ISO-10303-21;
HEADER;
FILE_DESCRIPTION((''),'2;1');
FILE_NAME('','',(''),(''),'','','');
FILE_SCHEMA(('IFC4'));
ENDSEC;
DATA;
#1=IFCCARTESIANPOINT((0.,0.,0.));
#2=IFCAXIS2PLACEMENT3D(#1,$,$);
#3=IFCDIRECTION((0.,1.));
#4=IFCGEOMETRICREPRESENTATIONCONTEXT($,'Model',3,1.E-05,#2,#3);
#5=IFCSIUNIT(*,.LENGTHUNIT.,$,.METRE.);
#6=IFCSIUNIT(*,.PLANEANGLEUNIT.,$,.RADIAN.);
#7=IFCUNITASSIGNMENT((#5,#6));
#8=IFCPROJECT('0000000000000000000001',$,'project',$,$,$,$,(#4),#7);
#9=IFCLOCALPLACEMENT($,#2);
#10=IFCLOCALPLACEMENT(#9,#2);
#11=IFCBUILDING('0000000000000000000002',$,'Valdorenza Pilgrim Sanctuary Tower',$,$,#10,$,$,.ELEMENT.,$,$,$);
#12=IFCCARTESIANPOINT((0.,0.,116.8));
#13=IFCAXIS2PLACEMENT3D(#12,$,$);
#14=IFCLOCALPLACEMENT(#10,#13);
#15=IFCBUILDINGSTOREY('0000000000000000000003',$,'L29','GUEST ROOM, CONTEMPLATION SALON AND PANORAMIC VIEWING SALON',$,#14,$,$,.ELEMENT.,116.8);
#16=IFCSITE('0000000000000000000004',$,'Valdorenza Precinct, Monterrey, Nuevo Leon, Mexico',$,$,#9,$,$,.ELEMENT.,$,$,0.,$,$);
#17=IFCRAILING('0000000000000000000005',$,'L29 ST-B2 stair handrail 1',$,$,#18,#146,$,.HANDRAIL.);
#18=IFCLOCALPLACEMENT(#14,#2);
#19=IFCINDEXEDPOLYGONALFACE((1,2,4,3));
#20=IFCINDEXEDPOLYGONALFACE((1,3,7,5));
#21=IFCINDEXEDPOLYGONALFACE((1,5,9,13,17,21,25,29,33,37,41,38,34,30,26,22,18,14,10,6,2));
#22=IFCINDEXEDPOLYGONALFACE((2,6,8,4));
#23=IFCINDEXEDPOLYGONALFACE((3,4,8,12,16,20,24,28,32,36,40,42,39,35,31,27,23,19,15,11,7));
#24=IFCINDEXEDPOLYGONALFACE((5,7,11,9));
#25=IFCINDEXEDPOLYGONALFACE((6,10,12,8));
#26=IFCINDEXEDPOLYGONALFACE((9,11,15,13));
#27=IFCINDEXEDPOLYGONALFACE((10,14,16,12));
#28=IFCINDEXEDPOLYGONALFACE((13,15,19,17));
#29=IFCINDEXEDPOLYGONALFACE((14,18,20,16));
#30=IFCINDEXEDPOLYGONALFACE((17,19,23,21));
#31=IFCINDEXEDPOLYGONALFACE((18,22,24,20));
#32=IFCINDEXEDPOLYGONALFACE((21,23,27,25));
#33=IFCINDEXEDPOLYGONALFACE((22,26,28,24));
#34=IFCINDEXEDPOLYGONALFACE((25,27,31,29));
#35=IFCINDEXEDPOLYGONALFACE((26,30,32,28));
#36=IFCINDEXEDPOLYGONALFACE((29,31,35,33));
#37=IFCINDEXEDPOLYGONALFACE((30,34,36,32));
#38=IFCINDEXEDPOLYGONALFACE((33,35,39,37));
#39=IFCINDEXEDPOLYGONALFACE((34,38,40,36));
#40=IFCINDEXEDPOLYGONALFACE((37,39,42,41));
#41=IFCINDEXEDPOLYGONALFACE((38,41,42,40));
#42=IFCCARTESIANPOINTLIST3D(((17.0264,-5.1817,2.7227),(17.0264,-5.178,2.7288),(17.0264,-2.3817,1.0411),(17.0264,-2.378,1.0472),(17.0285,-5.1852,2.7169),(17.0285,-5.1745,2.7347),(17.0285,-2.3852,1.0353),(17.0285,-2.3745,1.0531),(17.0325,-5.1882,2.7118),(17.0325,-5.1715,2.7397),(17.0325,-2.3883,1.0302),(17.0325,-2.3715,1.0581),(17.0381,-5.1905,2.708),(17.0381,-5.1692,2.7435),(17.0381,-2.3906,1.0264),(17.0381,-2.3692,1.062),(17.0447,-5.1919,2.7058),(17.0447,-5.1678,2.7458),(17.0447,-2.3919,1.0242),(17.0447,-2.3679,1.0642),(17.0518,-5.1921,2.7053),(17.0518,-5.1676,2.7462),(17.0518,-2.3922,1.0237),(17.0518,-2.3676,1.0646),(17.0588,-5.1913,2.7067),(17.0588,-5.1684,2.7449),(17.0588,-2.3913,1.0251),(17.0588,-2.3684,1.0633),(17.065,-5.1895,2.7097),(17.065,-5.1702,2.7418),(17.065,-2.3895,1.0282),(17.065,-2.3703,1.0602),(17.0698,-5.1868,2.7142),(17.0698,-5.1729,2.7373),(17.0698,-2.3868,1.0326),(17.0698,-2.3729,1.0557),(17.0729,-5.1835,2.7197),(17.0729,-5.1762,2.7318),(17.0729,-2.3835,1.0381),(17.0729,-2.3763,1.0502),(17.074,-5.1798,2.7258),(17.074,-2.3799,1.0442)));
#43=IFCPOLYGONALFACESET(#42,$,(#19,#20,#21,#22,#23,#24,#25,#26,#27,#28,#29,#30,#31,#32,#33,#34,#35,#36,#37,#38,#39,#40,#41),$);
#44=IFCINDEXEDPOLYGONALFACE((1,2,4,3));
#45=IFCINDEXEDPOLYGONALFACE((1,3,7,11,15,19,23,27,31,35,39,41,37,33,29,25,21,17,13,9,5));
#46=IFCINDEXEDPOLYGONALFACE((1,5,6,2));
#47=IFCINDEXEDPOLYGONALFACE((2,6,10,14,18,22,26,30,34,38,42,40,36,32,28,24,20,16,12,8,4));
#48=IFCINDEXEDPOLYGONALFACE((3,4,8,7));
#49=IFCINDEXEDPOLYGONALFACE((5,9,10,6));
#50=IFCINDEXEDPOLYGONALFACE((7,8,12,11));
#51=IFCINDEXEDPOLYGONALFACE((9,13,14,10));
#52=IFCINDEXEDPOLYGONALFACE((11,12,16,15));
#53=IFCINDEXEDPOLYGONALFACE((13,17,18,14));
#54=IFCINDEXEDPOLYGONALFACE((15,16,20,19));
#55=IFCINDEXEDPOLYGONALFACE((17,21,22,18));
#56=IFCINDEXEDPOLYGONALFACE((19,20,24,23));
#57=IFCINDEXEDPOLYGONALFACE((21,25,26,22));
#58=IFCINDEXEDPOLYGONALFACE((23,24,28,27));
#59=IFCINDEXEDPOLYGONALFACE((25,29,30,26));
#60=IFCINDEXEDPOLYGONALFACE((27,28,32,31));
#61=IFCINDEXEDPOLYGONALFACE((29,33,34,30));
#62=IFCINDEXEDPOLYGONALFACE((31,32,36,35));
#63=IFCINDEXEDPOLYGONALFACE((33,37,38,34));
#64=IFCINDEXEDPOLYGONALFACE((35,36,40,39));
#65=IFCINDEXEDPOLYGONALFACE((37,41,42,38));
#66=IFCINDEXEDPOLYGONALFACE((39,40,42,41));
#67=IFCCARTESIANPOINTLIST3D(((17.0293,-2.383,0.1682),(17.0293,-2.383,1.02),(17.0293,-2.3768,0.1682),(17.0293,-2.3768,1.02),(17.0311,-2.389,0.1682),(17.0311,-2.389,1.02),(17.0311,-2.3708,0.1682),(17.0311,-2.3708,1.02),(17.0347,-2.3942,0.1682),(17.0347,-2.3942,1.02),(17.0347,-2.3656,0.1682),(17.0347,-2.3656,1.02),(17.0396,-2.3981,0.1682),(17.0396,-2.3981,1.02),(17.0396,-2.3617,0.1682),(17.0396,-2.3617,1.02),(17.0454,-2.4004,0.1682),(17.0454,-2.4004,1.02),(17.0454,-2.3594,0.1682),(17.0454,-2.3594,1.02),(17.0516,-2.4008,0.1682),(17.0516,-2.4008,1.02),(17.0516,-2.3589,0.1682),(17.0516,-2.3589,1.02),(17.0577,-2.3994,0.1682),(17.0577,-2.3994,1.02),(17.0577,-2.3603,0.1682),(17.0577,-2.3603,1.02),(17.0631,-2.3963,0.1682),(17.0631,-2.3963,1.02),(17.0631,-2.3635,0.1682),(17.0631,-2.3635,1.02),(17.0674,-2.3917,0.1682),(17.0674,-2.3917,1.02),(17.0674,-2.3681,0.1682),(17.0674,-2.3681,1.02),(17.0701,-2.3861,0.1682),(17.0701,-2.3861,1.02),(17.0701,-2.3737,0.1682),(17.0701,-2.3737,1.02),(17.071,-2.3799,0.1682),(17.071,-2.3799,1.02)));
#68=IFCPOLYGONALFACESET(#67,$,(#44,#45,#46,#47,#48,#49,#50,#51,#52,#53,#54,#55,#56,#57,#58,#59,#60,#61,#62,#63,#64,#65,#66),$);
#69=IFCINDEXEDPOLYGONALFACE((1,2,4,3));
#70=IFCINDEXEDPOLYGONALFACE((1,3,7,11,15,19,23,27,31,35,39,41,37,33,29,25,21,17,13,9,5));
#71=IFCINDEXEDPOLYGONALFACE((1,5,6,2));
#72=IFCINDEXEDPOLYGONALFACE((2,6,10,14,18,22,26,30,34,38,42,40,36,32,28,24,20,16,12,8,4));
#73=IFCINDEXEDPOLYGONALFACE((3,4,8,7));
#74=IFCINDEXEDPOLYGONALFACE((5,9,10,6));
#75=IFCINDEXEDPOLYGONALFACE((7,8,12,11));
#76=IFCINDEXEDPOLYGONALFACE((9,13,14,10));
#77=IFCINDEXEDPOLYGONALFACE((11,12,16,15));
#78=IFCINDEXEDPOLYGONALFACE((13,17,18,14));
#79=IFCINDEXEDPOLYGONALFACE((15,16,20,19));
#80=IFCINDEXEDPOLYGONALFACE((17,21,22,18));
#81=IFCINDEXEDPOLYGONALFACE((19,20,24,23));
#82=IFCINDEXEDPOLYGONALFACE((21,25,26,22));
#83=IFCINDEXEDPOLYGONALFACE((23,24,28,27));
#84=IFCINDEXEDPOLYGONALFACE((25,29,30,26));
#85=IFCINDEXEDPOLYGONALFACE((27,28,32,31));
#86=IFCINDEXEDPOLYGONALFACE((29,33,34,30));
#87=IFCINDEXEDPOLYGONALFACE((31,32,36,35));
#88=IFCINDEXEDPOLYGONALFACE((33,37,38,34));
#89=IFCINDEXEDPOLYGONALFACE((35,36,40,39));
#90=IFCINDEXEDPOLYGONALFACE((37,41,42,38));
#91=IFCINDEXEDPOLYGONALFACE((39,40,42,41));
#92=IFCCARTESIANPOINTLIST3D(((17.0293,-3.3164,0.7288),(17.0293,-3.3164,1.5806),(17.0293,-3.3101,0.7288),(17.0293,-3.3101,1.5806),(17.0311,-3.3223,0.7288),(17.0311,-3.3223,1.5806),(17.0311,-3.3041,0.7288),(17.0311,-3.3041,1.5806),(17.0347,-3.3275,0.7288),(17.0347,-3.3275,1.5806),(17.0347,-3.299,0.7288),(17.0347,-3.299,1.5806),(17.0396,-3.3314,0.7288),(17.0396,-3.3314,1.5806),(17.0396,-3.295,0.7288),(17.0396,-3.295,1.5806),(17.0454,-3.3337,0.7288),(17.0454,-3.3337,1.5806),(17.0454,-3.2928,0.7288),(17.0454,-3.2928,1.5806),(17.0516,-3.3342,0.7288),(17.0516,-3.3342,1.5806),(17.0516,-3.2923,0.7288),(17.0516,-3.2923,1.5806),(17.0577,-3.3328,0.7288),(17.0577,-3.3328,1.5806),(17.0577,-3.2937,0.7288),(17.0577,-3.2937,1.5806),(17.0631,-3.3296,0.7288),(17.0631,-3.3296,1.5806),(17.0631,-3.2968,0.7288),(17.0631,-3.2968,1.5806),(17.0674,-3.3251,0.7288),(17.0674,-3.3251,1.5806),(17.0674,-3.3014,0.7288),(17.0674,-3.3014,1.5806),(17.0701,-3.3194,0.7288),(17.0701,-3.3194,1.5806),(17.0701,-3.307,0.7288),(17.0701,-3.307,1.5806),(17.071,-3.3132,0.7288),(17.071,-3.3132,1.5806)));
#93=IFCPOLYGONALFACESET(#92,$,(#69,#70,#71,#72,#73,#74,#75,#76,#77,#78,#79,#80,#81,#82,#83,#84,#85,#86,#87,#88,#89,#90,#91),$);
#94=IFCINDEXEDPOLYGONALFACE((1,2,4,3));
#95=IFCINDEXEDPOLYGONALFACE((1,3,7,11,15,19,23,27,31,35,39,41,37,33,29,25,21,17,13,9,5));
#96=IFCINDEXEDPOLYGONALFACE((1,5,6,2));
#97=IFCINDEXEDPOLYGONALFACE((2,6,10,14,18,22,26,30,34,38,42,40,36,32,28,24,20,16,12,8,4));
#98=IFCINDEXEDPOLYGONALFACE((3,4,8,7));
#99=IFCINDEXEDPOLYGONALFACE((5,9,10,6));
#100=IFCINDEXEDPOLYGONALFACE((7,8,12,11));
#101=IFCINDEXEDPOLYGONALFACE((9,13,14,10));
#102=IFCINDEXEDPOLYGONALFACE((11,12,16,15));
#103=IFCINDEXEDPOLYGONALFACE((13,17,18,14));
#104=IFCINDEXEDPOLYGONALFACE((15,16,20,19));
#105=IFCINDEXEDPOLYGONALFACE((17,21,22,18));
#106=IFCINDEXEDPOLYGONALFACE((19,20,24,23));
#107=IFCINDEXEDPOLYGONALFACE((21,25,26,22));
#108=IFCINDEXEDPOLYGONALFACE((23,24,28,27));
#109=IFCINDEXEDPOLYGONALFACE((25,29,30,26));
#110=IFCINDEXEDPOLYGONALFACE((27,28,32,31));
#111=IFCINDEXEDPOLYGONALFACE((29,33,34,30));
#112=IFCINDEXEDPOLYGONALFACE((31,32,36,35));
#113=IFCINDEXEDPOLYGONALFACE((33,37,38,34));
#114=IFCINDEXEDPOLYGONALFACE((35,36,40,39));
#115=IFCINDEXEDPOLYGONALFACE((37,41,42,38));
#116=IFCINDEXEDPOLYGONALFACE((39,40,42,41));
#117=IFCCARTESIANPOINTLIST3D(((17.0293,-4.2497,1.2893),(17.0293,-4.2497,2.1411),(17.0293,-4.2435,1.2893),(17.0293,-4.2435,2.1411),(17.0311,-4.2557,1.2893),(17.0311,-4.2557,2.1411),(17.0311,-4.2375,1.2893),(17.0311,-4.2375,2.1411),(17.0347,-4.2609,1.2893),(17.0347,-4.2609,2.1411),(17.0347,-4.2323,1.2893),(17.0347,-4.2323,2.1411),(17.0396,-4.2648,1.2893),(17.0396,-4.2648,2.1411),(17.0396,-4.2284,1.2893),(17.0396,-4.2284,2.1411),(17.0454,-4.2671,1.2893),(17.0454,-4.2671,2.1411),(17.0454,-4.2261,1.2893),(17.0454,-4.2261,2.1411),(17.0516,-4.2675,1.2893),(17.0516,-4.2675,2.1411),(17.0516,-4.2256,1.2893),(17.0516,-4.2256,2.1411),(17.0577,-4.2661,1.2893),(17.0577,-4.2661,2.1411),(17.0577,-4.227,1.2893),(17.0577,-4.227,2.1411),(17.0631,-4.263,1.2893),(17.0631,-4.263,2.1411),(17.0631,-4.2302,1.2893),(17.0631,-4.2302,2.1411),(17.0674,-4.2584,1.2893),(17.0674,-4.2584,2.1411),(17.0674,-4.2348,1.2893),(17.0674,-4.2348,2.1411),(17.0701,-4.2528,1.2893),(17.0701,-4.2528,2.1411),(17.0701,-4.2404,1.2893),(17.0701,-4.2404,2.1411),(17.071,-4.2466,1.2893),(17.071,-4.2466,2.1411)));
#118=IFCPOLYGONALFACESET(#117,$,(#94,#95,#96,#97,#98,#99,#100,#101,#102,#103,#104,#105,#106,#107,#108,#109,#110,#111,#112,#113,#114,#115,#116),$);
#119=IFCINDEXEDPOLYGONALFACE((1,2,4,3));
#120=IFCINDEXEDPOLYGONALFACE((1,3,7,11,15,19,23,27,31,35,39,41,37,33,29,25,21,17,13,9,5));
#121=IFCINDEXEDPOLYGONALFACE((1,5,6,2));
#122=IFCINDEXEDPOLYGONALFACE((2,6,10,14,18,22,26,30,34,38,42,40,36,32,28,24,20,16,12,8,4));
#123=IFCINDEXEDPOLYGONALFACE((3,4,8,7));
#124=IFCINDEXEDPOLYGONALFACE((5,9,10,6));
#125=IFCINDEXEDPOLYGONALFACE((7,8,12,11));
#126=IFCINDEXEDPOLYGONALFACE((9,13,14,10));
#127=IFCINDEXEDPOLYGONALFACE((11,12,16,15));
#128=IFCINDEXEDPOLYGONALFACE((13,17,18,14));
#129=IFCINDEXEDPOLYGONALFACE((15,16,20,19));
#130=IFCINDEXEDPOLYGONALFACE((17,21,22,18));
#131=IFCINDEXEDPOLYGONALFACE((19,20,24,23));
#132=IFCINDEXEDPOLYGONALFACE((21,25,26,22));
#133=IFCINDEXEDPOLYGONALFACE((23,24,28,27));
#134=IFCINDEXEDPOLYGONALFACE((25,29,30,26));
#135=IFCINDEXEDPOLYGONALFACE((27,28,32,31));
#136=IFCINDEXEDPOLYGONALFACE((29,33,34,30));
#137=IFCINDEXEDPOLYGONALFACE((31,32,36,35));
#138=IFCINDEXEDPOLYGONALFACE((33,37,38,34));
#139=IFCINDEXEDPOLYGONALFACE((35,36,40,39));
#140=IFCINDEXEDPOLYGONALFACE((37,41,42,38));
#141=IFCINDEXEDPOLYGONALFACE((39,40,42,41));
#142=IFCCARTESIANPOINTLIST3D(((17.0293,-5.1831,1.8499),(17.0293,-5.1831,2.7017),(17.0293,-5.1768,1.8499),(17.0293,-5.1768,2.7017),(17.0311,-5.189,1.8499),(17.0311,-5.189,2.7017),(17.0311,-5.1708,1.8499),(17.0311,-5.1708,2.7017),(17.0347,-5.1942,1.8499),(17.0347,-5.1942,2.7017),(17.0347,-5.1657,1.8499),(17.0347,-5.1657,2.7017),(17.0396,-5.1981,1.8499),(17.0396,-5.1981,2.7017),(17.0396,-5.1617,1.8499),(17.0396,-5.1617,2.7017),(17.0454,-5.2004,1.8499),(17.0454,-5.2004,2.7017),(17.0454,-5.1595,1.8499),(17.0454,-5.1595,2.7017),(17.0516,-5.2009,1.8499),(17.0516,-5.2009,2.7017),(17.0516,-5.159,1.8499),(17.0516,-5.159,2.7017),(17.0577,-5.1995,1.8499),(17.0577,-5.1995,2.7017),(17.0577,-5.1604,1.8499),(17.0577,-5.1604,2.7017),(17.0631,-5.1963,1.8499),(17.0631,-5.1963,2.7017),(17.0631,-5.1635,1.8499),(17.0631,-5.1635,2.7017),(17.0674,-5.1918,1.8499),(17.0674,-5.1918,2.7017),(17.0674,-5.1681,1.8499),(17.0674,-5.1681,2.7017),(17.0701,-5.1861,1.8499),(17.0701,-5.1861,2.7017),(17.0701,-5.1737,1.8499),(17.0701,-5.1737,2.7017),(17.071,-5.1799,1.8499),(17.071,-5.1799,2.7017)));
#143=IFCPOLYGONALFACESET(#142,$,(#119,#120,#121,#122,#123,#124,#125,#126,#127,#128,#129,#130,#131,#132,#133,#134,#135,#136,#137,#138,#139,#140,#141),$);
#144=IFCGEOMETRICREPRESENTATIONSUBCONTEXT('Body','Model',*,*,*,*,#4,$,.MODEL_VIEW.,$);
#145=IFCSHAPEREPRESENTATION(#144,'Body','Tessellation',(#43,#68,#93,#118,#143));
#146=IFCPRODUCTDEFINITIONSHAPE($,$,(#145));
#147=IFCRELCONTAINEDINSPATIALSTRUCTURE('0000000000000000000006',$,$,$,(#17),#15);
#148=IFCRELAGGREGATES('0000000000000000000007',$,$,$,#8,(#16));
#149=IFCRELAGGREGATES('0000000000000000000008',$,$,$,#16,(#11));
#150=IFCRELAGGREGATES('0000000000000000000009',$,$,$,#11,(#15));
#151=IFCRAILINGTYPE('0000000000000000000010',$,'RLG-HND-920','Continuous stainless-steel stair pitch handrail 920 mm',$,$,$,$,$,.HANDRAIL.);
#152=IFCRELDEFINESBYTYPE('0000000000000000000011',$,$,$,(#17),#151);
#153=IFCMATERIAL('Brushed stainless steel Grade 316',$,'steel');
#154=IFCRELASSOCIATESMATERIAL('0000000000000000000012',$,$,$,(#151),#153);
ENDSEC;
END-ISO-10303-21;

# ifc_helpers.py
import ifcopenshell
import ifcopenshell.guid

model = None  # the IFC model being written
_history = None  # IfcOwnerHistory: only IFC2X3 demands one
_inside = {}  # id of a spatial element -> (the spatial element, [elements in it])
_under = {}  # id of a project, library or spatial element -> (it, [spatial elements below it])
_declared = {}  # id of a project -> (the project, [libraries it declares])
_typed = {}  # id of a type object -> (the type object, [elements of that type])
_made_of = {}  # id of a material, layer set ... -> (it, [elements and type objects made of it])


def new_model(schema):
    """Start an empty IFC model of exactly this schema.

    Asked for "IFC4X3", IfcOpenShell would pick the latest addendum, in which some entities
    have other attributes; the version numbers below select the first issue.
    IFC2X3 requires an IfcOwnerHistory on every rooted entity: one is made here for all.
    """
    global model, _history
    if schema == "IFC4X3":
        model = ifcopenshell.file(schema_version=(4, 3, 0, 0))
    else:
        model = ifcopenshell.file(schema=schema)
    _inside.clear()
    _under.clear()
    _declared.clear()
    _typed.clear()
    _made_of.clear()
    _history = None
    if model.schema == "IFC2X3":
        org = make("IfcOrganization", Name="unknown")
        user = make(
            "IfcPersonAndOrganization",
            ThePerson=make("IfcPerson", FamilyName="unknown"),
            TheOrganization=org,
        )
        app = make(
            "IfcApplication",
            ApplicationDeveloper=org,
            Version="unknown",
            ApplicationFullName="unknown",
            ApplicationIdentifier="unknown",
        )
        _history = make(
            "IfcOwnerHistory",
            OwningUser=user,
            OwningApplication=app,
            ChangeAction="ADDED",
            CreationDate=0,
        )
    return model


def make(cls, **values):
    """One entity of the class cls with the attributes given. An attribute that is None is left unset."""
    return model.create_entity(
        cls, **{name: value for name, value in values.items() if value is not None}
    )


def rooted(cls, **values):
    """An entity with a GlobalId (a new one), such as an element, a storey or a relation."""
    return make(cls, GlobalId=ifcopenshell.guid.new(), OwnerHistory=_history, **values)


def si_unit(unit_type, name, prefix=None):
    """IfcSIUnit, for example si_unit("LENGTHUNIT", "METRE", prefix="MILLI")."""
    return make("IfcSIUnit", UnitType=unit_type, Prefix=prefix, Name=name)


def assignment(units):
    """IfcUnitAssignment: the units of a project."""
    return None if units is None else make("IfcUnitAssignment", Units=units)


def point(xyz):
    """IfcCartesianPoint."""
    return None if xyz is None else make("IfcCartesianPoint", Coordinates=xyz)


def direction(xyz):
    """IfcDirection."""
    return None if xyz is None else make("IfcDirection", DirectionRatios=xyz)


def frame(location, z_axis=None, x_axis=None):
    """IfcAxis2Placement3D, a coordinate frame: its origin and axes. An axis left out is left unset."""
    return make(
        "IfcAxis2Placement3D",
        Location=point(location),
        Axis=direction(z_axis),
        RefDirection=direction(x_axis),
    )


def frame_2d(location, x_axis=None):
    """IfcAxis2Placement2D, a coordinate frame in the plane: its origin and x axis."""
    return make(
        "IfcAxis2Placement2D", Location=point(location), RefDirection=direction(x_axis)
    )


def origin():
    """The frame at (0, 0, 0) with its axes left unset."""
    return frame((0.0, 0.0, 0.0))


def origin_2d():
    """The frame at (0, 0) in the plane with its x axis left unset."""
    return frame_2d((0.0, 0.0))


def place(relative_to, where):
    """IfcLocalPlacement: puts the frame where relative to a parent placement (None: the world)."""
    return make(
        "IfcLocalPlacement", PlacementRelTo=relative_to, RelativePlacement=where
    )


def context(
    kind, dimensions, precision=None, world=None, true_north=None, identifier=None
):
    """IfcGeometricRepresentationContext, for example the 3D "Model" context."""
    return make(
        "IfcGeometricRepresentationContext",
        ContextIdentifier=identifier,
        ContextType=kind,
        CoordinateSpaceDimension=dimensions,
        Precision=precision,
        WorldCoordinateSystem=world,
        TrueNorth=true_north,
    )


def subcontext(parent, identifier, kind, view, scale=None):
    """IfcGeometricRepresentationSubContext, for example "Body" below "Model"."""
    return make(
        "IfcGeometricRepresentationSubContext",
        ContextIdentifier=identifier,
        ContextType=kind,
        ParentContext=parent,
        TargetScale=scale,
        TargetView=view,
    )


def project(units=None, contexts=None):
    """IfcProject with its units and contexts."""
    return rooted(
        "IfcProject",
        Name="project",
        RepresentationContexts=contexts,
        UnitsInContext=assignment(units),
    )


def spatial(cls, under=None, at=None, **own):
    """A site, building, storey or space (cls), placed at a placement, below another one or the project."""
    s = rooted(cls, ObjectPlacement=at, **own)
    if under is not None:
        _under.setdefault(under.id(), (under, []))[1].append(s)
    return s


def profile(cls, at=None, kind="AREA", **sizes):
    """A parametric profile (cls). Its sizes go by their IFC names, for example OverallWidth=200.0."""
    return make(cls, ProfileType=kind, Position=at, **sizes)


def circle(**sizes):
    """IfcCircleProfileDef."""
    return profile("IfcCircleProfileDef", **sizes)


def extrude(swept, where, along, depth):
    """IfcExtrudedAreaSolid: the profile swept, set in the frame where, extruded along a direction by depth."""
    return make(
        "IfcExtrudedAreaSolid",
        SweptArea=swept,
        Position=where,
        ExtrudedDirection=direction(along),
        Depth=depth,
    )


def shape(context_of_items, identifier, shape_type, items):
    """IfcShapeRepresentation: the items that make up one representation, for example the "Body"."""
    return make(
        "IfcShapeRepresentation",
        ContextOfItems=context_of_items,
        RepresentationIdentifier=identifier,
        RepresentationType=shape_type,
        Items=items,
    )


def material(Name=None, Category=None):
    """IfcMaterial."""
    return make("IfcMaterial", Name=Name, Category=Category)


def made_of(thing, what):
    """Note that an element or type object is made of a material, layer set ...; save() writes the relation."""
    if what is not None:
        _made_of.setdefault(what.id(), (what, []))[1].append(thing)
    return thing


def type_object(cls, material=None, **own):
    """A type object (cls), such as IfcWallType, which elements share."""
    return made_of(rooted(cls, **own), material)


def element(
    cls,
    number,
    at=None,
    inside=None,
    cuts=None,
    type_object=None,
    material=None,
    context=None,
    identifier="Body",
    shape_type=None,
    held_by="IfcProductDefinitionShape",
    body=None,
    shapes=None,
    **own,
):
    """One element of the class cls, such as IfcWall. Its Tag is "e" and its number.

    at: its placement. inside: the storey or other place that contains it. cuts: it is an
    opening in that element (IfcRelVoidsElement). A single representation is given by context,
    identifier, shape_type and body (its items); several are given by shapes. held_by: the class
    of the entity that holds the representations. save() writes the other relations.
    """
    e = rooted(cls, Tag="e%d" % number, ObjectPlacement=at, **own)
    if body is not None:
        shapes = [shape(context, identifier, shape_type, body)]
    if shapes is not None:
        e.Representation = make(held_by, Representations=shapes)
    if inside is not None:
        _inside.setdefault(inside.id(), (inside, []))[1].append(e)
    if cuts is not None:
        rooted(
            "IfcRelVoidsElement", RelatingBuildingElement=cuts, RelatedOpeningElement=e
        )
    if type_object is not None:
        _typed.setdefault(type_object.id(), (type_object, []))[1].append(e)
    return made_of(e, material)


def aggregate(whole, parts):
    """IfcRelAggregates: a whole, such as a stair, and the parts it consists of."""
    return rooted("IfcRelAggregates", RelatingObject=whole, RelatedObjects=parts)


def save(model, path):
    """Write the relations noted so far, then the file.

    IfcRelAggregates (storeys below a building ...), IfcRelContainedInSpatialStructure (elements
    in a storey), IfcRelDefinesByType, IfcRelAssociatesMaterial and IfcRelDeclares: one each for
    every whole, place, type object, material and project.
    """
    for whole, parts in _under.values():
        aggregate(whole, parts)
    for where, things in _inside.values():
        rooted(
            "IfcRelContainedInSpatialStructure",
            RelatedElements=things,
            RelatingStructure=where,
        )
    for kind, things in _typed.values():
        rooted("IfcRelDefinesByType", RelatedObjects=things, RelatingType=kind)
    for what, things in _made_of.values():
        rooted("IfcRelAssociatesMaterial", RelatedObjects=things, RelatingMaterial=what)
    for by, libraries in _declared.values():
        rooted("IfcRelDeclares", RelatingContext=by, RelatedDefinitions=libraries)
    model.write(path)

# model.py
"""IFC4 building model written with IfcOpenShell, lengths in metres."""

from ifc_helpers import new_model, si_unit, direction, frame, origin, origin_2d, place, context, subcontext, project, spatial, circle, extrude, material, type_object, element, save


model = new_model("IFC4")

# Units and contexts
model_context = context("Model", 3, precision=1e-05, world=origin(), true_north=direction((0.0, 1.0)))
body_context = subcontext(model_context, "Body", "Model", "MODEL_VIEW")
ifc_project = project(units=[si_unit("LENGTHUNIT", "METRE"), si_unit("PLANEANGLEUNIT", "RADIAN")], contexts=[model_context])

# Site, building, storey
site_placement = place(None, origin())
site = spatial("IfcSite", under=ifc_project, at=site_placement, Name="Valdorenza Precinct, Monterrey, Nuevo Leon, Mexico", CompositionType="ELEMENT", RefElevation=0.0)
building_placement = place(site_placement, origin())
building = spatial("IfcBuilding", under=site, at=building_placement, Name="Valdorenza Pilgrim Sanctuary Tower", CompositionType="ELEMENT")
storey_placement = place(building_placement, frame((0.0, 0.0, 116.8)))
storey = spatial("IfcBuildingStorey", under=building, at=storey_placement, Name="L29", Description="GUEST ROOM, CONTEMPLATION SALON AND PANORAMIC VIEWING SALON", CompositionType="ELEMENT", Elevation=116.8)

# Railing
ifc_material_1 = material(Name="Brushed stainless steel Grade 316", Category="steel")
railing_type_1 = type_object("IfcRailingType", Name="RLG-HND-920", Description="Continuous stainless-steel stair pitch handrail 920 mm", PredefinedType="HANDRAIL", material=ifc_material_1)
railing_1_placement = place(storey_placement, frame((17.05, -2.3799, 0.1682)))
element("IfcRailing", 1, at=railing_1_placement, inside=storey, type_object=railing_type_1, Name="L29 ST-B2 stair handrail 1", PredefinedType="HANDRAIL", context=body_context, shape_type="SweptSolid", body=[
    extrude(circle(Radius=0.0239, at=origin_2d()), frame((0.0, 0.0, 0.876), z_axis=(0.0, -0.857275, 0.514858), x_axis=(1.0, 0.0, 0.0)), (0.0, 0.0, 1.0), 3.2661),
    extrude(circle(Radius=0.021, at=origin_2d()), origin(), (0.0, 0.0, 1.0), 0.8518),
    extrude(circle(Radius=0.021, at=origin_2d()), frame((0.0, -0.9333, 0.5605)), (0.0, 0.0, 1.0), 0.8518),
    extrude(circle(Radius=0.021, at=origin_2d()), frame((0.0, -1.8667, 1.1211)), (0.0, 0.0, 1.0), 0.8518),
    extrude(circle(Radius=0.021, at=origin_2d()), frame((0.0, -2.8, 1.6816)), (0.0, 0.0, 1.0), 0.8518),
])

save(model, "model.ifc")
